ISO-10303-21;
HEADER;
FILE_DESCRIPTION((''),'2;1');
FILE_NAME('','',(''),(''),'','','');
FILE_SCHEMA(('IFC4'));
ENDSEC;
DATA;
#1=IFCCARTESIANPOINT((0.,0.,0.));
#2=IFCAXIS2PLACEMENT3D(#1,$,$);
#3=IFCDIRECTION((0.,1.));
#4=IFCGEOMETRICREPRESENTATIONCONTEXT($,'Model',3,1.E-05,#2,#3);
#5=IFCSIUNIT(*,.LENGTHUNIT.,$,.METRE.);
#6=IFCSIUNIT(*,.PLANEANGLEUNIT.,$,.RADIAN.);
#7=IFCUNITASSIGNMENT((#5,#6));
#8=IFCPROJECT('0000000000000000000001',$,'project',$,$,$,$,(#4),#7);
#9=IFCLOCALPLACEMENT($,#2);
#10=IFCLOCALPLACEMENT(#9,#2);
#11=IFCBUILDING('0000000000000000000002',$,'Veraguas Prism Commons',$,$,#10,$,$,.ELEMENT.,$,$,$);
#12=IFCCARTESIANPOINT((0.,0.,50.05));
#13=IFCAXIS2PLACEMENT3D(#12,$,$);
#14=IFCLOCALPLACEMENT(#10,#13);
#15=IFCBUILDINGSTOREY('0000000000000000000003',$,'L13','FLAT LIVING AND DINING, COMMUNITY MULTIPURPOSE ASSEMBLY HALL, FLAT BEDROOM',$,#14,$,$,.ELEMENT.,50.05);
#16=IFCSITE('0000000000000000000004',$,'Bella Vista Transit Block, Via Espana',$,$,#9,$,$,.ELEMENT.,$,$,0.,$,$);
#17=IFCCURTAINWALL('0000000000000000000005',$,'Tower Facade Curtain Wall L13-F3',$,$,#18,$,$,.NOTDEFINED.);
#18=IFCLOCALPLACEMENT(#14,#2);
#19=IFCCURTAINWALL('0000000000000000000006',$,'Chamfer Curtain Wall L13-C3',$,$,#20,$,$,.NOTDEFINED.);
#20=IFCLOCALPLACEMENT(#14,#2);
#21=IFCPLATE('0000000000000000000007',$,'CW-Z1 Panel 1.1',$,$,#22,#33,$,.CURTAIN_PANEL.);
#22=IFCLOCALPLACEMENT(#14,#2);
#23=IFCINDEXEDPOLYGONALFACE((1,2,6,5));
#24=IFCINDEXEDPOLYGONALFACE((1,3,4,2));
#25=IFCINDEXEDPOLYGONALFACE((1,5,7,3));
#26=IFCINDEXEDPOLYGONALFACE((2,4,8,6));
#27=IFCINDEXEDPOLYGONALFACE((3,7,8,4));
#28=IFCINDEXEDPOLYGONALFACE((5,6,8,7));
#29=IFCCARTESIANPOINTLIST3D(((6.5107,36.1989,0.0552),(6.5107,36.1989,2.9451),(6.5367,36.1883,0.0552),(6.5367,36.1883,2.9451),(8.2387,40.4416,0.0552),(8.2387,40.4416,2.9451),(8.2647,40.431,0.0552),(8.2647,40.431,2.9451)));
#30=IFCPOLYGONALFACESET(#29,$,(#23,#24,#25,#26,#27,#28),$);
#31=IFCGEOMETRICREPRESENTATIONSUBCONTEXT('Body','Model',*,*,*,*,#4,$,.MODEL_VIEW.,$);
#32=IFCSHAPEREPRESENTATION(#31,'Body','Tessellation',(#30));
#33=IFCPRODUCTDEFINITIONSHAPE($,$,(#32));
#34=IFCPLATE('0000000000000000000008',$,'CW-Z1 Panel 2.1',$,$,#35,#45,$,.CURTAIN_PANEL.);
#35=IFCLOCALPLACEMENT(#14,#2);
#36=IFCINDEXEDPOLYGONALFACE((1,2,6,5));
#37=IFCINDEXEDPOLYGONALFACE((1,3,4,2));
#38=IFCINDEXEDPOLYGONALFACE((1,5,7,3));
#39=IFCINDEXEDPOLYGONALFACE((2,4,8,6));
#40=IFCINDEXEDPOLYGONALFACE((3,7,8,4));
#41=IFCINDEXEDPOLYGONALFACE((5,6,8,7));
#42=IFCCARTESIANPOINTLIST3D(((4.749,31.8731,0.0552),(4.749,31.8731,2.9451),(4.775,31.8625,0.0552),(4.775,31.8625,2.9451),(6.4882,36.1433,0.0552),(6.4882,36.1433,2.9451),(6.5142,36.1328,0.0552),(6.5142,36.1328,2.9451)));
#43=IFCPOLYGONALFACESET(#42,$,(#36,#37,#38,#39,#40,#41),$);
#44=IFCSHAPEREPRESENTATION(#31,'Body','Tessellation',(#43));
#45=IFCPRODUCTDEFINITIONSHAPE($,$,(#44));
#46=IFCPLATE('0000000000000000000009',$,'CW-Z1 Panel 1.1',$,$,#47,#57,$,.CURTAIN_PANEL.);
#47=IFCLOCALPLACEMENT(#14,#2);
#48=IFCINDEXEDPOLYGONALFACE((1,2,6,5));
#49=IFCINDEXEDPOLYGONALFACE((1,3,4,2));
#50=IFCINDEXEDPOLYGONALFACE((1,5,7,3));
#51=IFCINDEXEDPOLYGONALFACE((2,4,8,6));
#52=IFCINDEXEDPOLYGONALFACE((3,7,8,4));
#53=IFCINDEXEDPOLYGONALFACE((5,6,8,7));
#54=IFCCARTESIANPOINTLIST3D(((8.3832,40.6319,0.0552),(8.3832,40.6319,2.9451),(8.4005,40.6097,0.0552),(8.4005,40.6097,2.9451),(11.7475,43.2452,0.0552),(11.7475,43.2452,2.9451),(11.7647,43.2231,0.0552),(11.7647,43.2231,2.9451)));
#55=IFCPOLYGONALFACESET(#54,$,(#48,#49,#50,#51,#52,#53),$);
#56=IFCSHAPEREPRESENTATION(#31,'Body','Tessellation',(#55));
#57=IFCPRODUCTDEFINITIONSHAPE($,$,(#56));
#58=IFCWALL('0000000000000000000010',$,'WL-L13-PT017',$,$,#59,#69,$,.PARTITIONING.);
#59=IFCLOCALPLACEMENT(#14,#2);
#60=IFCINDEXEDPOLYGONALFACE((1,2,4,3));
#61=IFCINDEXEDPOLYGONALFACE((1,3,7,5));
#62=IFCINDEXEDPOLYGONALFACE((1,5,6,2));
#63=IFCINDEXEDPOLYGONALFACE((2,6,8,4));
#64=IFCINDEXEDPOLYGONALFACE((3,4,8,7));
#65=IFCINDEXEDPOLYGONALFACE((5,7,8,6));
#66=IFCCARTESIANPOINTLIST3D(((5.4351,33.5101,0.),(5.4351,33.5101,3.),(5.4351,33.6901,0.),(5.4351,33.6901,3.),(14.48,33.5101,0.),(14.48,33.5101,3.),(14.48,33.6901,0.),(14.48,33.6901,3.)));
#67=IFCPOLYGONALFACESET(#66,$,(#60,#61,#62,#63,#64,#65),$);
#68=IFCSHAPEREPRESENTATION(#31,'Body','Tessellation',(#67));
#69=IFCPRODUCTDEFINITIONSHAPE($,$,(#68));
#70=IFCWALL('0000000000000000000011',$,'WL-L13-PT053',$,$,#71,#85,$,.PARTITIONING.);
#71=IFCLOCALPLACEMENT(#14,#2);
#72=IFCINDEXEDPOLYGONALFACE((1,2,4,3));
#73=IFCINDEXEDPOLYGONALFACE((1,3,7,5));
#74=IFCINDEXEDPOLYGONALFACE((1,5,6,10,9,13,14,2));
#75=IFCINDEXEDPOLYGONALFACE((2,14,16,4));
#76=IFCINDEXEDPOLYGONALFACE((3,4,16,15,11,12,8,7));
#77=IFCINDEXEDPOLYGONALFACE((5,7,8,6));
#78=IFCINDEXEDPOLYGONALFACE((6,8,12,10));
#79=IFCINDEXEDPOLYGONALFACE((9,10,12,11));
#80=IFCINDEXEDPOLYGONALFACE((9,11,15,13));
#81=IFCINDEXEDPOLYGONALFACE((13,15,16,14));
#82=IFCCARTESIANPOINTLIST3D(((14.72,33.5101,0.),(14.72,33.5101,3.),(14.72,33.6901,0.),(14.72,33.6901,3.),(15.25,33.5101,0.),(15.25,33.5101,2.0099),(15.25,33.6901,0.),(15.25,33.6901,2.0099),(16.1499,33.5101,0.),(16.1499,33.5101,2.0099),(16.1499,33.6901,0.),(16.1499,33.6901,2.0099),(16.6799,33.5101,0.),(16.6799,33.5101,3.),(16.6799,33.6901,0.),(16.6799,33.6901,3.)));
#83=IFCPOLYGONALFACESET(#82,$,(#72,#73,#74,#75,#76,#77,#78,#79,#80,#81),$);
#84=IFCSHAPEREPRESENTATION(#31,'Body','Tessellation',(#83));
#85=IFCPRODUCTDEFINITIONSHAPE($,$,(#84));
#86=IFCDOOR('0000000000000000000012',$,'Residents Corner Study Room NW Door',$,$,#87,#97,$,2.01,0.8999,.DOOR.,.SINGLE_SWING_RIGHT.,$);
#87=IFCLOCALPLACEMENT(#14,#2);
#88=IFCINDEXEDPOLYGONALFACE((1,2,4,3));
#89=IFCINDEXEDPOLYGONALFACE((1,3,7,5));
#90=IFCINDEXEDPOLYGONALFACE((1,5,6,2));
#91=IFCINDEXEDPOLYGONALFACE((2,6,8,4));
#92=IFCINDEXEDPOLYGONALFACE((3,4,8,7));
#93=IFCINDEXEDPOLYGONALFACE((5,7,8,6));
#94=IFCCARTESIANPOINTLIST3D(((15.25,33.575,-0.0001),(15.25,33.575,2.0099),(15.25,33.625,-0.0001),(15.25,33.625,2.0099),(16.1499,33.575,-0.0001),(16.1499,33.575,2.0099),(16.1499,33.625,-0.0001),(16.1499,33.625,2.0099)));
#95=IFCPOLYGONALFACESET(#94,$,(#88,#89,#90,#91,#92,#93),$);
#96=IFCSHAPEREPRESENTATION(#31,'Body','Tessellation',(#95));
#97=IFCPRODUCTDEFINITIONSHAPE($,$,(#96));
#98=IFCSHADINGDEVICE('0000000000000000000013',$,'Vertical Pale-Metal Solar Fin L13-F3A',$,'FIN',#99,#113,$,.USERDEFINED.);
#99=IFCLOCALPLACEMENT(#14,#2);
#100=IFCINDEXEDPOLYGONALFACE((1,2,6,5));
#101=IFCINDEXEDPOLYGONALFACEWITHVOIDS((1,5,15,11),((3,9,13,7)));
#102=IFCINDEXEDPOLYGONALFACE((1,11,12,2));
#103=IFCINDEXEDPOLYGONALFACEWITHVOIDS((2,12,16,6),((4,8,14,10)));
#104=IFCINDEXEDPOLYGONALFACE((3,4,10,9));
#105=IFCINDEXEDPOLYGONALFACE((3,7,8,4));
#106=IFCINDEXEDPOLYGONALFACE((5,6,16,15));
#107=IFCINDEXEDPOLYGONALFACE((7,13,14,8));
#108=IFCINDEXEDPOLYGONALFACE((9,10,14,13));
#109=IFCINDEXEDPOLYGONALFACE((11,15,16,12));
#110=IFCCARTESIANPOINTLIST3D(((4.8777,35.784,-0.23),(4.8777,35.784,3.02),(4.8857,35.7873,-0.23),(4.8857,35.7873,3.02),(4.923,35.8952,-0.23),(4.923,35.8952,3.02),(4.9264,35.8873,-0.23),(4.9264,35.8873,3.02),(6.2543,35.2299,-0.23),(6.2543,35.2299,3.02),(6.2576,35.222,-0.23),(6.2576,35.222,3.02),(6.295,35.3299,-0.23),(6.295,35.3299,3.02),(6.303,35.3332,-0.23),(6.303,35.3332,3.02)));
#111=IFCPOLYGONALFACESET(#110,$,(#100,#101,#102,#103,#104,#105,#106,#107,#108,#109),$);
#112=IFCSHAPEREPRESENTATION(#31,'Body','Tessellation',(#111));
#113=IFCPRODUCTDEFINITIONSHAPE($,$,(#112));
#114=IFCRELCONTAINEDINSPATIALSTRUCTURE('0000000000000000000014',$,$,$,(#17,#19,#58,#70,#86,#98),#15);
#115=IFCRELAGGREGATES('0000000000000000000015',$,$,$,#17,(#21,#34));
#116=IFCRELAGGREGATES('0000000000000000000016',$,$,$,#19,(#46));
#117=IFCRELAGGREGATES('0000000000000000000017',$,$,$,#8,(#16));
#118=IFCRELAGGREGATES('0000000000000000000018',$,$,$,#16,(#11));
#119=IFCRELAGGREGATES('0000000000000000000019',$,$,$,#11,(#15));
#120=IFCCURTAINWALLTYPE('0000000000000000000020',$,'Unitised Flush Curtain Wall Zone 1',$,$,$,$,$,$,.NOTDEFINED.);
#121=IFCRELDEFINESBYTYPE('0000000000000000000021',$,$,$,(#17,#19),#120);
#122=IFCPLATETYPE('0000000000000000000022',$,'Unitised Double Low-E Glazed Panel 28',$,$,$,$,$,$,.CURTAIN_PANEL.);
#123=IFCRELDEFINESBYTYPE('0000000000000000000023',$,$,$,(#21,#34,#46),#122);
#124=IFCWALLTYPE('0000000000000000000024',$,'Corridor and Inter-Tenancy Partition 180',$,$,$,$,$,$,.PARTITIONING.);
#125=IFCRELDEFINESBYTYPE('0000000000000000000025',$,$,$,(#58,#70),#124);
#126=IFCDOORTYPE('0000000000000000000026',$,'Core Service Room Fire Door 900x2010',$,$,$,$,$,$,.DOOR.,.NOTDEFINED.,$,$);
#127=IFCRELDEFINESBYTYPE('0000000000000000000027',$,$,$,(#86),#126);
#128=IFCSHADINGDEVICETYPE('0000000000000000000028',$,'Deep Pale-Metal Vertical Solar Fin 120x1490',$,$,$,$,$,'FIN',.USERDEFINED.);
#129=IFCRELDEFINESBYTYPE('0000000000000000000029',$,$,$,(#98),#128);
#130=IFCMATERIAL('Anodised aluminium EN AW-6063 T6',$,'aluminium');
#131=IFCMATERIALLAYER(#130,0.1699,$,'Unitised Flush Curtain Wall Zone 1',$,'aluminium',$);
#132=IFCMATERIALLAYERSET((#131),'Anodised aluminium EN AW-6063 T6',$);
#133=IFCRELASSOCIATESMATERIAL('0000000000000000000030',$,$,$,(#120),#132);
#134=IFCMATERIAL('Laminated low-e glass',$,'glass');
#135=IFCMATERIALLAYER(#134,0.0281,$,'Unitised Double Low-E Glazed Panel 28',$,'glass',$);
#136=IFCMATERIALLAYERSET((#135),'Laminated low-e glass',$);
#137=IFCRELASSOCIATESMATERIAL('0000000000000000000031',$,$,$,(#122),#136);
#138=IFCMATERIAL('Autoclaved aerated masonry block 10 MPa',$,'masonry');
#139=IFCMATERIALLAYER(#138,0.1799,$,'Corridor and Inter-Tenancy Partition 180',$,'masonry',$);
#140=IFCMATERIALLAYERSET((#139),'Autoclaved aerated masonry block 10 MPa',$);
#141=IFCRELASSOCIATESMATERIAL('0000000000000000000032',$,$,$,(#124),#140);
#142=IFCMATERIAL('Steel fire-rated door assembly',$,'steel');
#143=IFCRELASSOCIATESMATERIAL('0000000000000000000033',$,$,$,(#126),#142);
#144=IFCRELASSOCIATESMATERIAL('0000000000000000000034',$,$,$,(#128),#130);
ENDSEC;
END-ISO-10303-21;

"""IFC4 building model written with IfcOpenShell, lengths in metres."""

from ifc_helpers import new_model, si_unit, direction, frame, frame_2d, origin, origin_2d, place, context, subcontext, project, spatial, rectangle, hollow_rectangle, extrude, source, transform, mapped, material, layer, layer_set, material_profile, profile_set, type_object, element, fill, aggregate, save


model = new_model("IFC4")

# Units and contexts
model_context = context("Model", 3, precision=1e-05, world=origin(), true_north=direction((0.0, 1.0)))
body_context = subcontext(model_context, "Body", "Model", "MODEL_VIEW")
ifc_project = project(units=[si_unit("LENGTHUNIT", "METRE"), si_unit("PLANEANGLEUNIT", "RADIAN")], contexts=[model_context])

# Site, building, storey
site_placement = place(None, origin())
site = spatial("IfcSite", under=ifc_project, at=site_placement, Name="Bella Vista Transit Block, Via Espana", CompositionType="ELEMENT", RefElevation=0.0)
building_placement = place(site_placement, origin())
building = spatial("IfcBuilding", under=site, at=building_placement, Name="Veraguas Prism Commons", CompositionType="ELEMENT")
storey_placement = place(building_placement, frame((0.0, 0.0, 50.05)))
storey = spatial("IfcBuildingStorey", under=building, at=storey_placement, Name="L13", Description="FLAT LIVING AND DINING, COMMUNITY MULTIPURPOSE ASSEMBLY HALL, FLAT BEDROOM", CompositionType="ELEMENT", Elevation=50.05)

# Curtain wall
ifc_material_1 = material(Name="Anodised aluminium EN AW-6063 T6", Category="aluminium")
ifc_layer_1 = layer(ifc_material_1, 0.1699, Name="Unitised Flush Curtain Wall Zone 1", Category="aluminium")
ifc_layer_set_1 = layer_set([ifc_layer_1], Name="Anodised aluminium EN AW-6063 T6")
curtain_wall_type = type_object("IfcCurtainWallType", Name="Unitised Flush Curtain Wall Zone 1", PredefinedType="NOTDEFINED", material=ifc_layer_set_1)
curtain_wall_1_placement = place(storey_placement, origin())
curtain_wall_1 = element("IfcCurtainWall", 1, at=curtain_wall_1_placement, inside=storey, type_object=curtain_wall_type, Name="Tower Facade Curtain Wall L13-F3", PredefinedType="NOTDEFINED")

# Curtain wall
curtain_wall_2_placement = place(storey_placement, origin())
curtain_wall_2 = element("IfcCurtainWall", 2, at=curtain_wall_2_placement, inside=storey, type_object=curtain_wall_type, Name="Chamfer Curtain Wall L13-C3", PredefinedType="NOTDEFINED")

# Plates
ifc_material_2 = material(Name="Laminated low-e glass", Category="glass")
ifc_layer_2 = layer(ifc_material_2, 0.0281, Name="Unitised Double Low-E Glazed Panel 28", Category="glass")
ifc_layer_set_2 = layer_set([ifc_layer_2], Name="Laminated low-e glass")
plate_type = type_object("IfcPlateType", Name="Unitised Double Low-E Glazed Panel 28", PredefinedType="CURTAIN_PANEL", material=ifc_layer_set_2)
shared_shape_1 = source(origin(), body_context, "Body", "SweptSolid", [
    extrude(rectangle(XDim=4.5811, YDim=0.0281, at=origin_2d()), origin(), (0.0, 0.0, 1.0), 2.8899),
])
plate_1_placement = place(storey_placement, frame((7.3877, 38.3149, 0.0552), z_axis=(0.0, 0.0, 1.0), x_axis=(-0.377198, -0.926133, 0.0)))
plate_1 = element("IfcPlate", 3, at=plate_1_placement, type_object=plate_type, Name="CW-Z1 Panel 1.1", PredefinedType="CURTAIN_PANEL", context=body_context, shape_type="MappedRepresentation", body=[
    mapped(shared_shape_1, transform((0.0, 0.0, 0.0), scale=1.0)),
])
shared_shape_2 = source(origin(), body_context, "Body", "SweptSolid", [
    extrude(rectangle(XDim=4.6108, YDim=0.0281, at=origin_2d()), origin(), (0.0, 0.0, 1.0), 2.8899),
])
plate_2_placement = place(storey_placement, frame((5.6316, 34.0029, 0.0552), z_axis=(0.0, 0.0, 1.0), x_axis=(-0.377198, -0.926133, 0.0)))
plate_2 = element("IfcPlate", 4, at=plate_2_placement, type_object=plate_type, Name="CW-Z1 Panel 2.1", PredefinedType="CURTAIN_PANEL", context=body_context, shape_type="MappedRepresentation", body=[
    mapped(shared_shape_2, transform((0.0, 0.0, 0.0), scale=1.0)),
])
aggregate(curtain_wall_1, [plate_1, plate_2])
shared_shape_3 = source(origin(), body_context, "Body", "SweptSolid", [
    extrude(rectangle(XDim=4.26, YDim=0.0281, at=origin_2d()), origin(), (0.0, 0.0, 1.0), 2.8899),
])
plate_3_placement = place(storey_placement, frame((10.074, 41.9275, 0.0552), z_axis=(0.0, 0.0, 1.0), x_axis=(-0.789732, -0.613452, 0.0)))
plate_3 = element("IfcPlate", 5, at=plate_3_placement, type_object=plate_type, Name="CW-Z1 Panel 1.1", PredefinedType="CURTAIN_PANEL", context=body_context, shape_type="MappedRepresentation", body=[
    mapped(shared_shape_3, transform((0.0, 0.0, 0.0), scale=1.0)),
])
aggregate(curtain_wall_2, [plate_3])

# Wall
ifc_material_3 = material(Name="Autoclaved aerated masonry block 10 MPa", Category="masonry")
ifc_layer_3 = layer(ifc_material_3, 0.1799, Name="Corridor and Inter-Tenancy Partition 180", Category="masonry")
ifc_layer_set_3 = layer_set([ifc_layer_3], Name="Autoclaved aerated masonry block 10 MPa")
wall_type = type_object("IfcWallType", Name="Corridor and Inter-Tenancy Partition 180", PredefinedType="PARTITIONING", material=ifc_layer_set_3)
wall_1_placement = place(storey_placement, frame((14.48, 33.6001, 0.0), z_axis=(0.0, 0.0, 1.0), x_axis=(-1.0, 0.0, 0.0)))
element("IfcWall", 6, at=wall_1_placement, inside=storey, type_object=wall_type, Name="WL-L13-PT017", PredefinedType="PARTITIONING", context=body_context, shape_type="SweptSolid", body=[
    extrude(rectangle(XDim=9.0449, YDim=0.1799, at=frame_2d((4.5225, 0.0))), origin(), (0.0, 0.0, 1.0), 3.0),
])

# Wall, opening, door
wall_2_placement = place(storey_placement, frame((14.72, 33.6001, 0.0), z_axis=(0.0, 0.0, 1.0), x_axis=(1.0, 0.0, 0.0)))
wall_2 = element("IfcWall", 7, at=wall_2_placement, inside=storey, type_object=wall_type, Name="WL-L13-PT053", PredefinedType="PARTITIONING", context=body_context, shape_type="SweptSolid", body=[
    extrude(rectangle(XDim=1.96, YDim=0.1799, at=frame_2d((0.98, 0.0))), origin(), (0.0, 0.0, 1.0), 3.0),
])
opening_placement = place(wall_2_placement, frame((0.53, 0.0, 0.0)))
opening = element("IfcOpeningElement", 8, at=opening_placement, cuts=wall_2, PredefinedType="OPENING", context=body_context, shape_type="SweptSolid", body=[
    extrude(rectangle(XDim=0.8999, YDim=2.01, at=frame_2d((0.45, 1.0049))), frame((0.0, 0.0999, 0.0), z_axis=(0.0, -1.0, 0.0), x_axis=(1.0, 0.0, 0.0)), (0.0, 0.0, 1.0), 0.2),
])
ifc_material_4 = material(Name="Steel fire-rated door assembly", Category="steel")
door_type = type_object("IfcDoorType", Name="Core Service Room Fire Door 900x2010", OperationType="NOTDEFINED", PredefinedType="DOOR", material=ifc_material_4)
shared_shape_4 = source(origin(), body_context, "Body", "SweptSolid", [
    extrude(rectangle(XDim=0.8999, YDim=2.01, at=frame_2d((0.45, 1.0049))), frame((0.0, 0.0249, 0.0), z_axis=(0.0, -1.0, 0.0), x_axis=(1.0, 0.0, 0.0)), (0.0, 0.0, 1.0), 0.05),
])
door_placement = place(opening_placement, origin())
door = element("IfcDoor", 9, at=door_placement, inside=storey, type_object=door_type, Name="Residents Corner Study Room NW Door", OperationType="SINGLE_SWING_RIGHT", OverallHeight=2.01, OverallWidth=0.8999, PredefinedType="DOOR", context=body_context, shape_type="MappedRepresentation", body=[
    mapped(shared_shape_4, transform((0.0, 0.0, 0.0), scale=1.0)),
])
fill(opening, door)

# Shading device
ifc_material_profile_1 = material_profile(ifc_material_1, hollow_rectangle(XDim=0.1201, YDim=1.49, WallThickness=0.0061, at=origin_2d()), Name="FIN120X1490X6")
ifc_profile_set_1 = profile_set([ifc_material_profile_1], Name="Anodised aluminium EN AW-6063 T6")
shading_device_type = type_object("IfcShadingDeviceType", Name="Deep Pale-Metal Vertical Solar Fin 120x1490", ElementType="FIN", PredefinedType="USERDEFINED", material=ifc_profile_set_1)
shading_device_placement = place(storey_placement, frame((5.5903, 35.5586, -0.23), z_axis=(0.0, 0.0, 1.0), x_axis=(-0.377194, -0.926134, 0.0)))
element("IfcShadingDevice", 10, at=shading_device_placement, inside=storey, type_object=shading_device_type, Name="Vertical Pale-Metal Solar Fin L13-F3A", ObjectType="FIN", PredefinedType="USERDEFINED", context=body_context, shape_type="SweptSolid", body=[
    extrude(hollow_rectangle(XDim=0.1201, YDim=1.49, WallThickness=0.0061, at=origin_2d()), origin(), (0.0, 0.0, 1.0), 3.25),
])

save(model, "model.ifc")
